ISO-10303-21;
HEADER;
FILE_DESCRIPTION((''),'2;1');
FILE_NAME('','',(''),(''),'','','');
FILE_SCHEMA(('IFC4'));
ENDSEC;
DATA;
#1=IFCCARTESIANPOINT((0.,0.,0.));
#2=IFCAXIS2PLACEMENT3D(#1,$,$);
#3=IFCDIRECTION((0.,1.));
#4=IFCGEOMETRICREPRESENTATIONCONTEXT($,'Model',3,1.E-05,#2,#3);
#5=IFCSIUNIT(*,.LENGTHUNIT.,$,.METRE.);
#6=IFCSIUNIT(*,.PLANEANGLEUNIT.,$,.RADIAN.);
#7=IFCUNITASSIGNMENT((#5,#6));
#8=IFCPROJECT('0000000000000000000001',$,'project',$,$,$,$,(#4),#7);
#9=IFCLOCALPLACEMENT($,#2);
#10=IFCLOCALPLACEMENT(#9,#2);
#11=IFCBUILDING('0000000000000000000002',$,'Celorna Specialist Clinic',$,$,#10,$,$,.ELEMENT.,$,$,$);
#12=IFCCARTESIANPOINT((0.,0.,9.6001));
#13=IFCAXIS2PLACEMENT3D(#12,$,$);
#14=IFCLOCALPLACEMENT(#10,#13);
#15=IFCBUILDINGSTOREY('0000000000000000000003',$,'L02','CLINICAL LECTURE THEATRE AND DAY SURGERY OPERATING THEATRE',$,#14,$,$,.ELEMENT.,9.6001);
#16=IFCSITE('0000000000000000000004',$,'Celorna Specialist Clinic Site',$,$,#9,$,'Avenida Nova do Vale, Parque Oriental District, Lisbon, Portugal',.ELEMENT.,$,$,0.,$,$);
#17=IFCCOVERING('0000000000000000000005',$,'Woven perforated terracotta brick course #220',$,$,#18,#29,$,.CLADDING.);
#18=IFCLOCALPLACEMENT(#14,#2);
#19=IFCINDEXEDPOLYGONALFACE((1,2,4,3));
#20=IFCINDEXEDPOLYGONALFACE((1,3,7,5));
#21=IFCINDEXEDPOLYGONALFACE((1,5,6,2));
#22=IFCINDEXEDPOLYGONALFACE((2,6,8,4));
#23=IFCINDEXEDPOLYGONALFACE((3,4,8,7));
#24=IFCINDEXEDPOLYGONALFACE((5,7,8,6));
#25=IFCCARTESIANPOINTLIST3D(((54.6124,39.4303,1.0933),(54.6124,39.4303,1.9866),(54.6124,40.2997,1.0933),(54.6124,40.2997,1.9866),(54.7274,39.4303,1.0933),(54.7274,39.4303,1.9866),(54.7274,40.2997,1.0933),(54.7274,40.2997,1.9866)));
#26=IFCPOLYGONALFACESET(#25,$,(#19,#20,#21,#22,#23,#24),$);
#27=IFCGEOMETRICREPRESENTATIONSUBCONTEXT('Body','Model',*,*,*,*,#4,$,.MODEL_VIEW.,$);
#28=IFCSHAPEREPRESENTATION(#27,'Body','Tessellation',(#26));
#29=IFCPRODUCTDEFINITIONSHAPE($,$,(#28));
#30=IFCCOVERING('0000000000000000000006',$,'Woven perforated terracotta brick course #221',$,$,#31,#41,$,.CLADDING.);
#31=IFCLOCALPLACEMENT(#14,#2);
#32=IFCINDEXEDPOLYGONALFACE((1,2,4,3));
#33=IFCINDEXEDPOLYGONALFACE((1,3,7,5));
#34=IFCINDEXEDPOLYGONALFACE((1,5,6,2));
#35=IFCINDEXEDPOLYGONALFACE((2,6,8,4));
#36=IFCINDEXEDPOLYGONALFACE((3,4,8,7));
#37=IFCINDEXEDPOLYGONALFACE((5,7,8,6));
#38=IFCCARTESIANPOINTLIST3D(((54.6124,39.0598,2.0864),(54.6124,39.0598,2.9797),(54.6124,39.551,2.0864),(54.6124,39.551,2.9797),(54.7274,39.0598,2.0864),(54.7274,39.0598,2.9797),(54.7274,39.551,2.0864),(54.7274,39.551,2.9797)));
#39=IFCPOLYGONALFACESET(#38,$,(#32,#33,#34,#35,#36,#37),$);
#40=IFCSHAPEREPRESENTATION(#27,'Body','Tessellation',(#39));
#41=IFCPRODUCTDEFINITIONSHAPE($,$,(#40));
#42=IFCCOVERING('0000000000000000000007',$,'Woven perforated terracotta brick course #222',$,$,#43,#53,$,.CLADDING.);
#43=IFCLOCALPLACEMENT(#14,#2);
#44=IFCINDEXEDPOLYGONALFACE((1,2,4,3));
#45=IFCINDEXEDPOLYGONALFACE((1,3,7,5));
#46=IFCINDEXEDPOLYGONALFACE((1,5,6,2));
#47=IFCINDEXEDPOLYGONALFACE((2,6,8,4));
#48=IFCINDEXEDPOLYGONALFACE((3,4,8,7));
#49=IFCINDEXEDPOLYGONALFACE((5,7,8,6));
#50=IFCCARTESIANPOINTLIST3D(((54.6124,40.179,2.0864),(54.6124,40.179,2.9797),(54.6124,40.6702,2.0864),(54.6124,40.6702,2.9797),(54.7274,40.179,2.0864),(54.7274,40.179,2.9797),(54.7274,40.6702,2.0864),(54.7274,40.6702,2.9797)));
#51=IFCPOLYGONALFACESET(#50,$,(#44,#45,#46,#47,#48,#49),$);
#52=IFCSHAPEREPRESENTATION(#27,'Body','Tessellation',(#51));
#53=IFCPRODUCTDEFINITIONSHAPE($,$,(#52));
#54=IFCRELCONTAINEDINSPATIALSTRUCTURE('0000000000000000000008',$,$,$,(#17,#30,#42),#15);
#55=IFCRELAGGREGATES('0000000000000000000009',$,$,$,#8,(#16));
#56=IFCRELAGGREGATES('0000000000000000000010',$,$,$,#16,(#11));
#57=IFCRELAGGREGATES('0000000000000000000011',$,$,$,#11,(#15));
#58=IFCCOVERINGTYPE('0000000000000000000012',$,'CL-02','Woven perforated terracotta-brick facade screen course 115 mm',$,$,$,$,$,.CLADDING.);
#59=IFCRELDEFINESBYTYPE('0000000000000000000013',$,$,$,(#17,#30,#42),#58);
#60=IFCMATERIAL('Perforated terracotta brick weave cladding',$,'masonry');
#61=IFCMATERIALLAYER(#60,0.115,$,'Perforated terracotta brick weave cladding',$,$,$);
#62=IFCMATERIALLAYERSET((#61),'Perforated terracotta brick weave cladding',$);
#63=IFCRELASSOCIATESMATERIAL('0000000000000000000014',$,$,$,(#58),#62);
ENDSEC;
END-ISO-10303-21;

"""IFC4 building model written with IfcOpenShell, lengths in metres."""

from ifc_helpers import new_model, si_unit, direction, frame, origin, origin_2d, place, context, subcontext, project, spatial, rectangle, extrude, material, layer, layer_set, type_object, element, save


model = new_model("IFC4")

# Units and contexts
model_context = context("Model", 3, precision=1e-05, world=origin(), true_north=direction((0.0, 1.0)))
body_context = subcontext(model_context, "Body", "Model", "MODEL_VIEW")
ifc_project = project(units=[si_unit("LENGTHUNIT", "METRE"), si_unit("PLANEANGLEUNIT", "RADIAN")], contexts=[model_context])

# Site, building, storey
site_placement = place(None, origin())
site = spatial("IfcSite", under=ifc_project, at=site_placement, Name="Celorna Specialist Clinic Site", LongName="Avenida Nova do Vale, Parque Oriental District, Lisbon, Portugal", CompositionType="ELEMENT", RefElevation=0.0)
building_placement = place(site_placement, origin())
building = spatial("IfcBuilding", under=site, at=building_placement, Name="Celorna Specialist Clinic", CompositionType="ELEMENT")
storey_placement = place(building_placement, frame((0.0, 0.0, 9.6001)))
storey = spatial("IfcBuildingStorey", under=building, at=storey_placement, Name="L02", Description="CLINICAL LECTURE THEATRE AND DAY SURGERY OPERATING THEATRE", CompositionType="ELEMENT", Elevation=9.6001)

# Coverings
ifc_material_1 = material(Name="Perforated terracotta brick weave cladding", Category="masonry")
ifc_layer_1 = layer(ifc_material_1, 0.115, Name="Perforated terracotta brick weave cladding")
ifc_layer_set_1 = layer_set([ifc_layer_1], Name="Perforated terracotta brick weave cladding")
covering_type = type_object("IfcCoveringType", Name="CL-02", Description="Woven perforated terracotta-brick facade screen course 115 mm", PredefinedType="CLADDING", material=ifc_layer_set_1)
covering_1_placement = place(storey_placement, frame((54.6699, 39.865, 1.0933), z_axis=(0.0, 0.0, 1.0), x_axis=(0.0, 1.0, 0.0)))
element("IfcCovering", 1, at=covering_1_placement, inside=storey, type_object=covering_type, Name="Woven perforated terracotta brick course #220", PredefinedType="CLADDING", context=body_context, shape_type="SweptSolid", body=[
    extrude(rectangle(XDim=0.8694, YDim=0.115, at=origin_2d()), origin(), (0.0, 0.0, 1.0), 0.8933),
])
for number, where, z_axis, x_axis, name in (
    (2, (54.6699, 39.3054, 2.0864), (0.0, 0.0, 1.0), (0.0, 1.0, 0.0), "Woven perforated terracotta brick course #221"),
    (3, (54.6699, 40.4246, 2.0864), (0.0, 0.0, 1.0), (0.0, 1.0, 0.0), "Woven perforated terracotta brick course #222"),
):
    element("IfcCovering", number, at=place(storey_placement, frame(where, z_axis=z_axis, x_axis=x_axis)), inside=storey, type_object=covering_type, Name=name, PredefinedType="CLADDING", context=body_context, shape_type="SweptSolid", body=[
        extrude(rectangle(XDim=0.4912, YDim=0.115, at=origin_2d()), origin(), (0.0, 0.0, 1.0), 0.8933),
    ])

save(model, "model.ifc")
